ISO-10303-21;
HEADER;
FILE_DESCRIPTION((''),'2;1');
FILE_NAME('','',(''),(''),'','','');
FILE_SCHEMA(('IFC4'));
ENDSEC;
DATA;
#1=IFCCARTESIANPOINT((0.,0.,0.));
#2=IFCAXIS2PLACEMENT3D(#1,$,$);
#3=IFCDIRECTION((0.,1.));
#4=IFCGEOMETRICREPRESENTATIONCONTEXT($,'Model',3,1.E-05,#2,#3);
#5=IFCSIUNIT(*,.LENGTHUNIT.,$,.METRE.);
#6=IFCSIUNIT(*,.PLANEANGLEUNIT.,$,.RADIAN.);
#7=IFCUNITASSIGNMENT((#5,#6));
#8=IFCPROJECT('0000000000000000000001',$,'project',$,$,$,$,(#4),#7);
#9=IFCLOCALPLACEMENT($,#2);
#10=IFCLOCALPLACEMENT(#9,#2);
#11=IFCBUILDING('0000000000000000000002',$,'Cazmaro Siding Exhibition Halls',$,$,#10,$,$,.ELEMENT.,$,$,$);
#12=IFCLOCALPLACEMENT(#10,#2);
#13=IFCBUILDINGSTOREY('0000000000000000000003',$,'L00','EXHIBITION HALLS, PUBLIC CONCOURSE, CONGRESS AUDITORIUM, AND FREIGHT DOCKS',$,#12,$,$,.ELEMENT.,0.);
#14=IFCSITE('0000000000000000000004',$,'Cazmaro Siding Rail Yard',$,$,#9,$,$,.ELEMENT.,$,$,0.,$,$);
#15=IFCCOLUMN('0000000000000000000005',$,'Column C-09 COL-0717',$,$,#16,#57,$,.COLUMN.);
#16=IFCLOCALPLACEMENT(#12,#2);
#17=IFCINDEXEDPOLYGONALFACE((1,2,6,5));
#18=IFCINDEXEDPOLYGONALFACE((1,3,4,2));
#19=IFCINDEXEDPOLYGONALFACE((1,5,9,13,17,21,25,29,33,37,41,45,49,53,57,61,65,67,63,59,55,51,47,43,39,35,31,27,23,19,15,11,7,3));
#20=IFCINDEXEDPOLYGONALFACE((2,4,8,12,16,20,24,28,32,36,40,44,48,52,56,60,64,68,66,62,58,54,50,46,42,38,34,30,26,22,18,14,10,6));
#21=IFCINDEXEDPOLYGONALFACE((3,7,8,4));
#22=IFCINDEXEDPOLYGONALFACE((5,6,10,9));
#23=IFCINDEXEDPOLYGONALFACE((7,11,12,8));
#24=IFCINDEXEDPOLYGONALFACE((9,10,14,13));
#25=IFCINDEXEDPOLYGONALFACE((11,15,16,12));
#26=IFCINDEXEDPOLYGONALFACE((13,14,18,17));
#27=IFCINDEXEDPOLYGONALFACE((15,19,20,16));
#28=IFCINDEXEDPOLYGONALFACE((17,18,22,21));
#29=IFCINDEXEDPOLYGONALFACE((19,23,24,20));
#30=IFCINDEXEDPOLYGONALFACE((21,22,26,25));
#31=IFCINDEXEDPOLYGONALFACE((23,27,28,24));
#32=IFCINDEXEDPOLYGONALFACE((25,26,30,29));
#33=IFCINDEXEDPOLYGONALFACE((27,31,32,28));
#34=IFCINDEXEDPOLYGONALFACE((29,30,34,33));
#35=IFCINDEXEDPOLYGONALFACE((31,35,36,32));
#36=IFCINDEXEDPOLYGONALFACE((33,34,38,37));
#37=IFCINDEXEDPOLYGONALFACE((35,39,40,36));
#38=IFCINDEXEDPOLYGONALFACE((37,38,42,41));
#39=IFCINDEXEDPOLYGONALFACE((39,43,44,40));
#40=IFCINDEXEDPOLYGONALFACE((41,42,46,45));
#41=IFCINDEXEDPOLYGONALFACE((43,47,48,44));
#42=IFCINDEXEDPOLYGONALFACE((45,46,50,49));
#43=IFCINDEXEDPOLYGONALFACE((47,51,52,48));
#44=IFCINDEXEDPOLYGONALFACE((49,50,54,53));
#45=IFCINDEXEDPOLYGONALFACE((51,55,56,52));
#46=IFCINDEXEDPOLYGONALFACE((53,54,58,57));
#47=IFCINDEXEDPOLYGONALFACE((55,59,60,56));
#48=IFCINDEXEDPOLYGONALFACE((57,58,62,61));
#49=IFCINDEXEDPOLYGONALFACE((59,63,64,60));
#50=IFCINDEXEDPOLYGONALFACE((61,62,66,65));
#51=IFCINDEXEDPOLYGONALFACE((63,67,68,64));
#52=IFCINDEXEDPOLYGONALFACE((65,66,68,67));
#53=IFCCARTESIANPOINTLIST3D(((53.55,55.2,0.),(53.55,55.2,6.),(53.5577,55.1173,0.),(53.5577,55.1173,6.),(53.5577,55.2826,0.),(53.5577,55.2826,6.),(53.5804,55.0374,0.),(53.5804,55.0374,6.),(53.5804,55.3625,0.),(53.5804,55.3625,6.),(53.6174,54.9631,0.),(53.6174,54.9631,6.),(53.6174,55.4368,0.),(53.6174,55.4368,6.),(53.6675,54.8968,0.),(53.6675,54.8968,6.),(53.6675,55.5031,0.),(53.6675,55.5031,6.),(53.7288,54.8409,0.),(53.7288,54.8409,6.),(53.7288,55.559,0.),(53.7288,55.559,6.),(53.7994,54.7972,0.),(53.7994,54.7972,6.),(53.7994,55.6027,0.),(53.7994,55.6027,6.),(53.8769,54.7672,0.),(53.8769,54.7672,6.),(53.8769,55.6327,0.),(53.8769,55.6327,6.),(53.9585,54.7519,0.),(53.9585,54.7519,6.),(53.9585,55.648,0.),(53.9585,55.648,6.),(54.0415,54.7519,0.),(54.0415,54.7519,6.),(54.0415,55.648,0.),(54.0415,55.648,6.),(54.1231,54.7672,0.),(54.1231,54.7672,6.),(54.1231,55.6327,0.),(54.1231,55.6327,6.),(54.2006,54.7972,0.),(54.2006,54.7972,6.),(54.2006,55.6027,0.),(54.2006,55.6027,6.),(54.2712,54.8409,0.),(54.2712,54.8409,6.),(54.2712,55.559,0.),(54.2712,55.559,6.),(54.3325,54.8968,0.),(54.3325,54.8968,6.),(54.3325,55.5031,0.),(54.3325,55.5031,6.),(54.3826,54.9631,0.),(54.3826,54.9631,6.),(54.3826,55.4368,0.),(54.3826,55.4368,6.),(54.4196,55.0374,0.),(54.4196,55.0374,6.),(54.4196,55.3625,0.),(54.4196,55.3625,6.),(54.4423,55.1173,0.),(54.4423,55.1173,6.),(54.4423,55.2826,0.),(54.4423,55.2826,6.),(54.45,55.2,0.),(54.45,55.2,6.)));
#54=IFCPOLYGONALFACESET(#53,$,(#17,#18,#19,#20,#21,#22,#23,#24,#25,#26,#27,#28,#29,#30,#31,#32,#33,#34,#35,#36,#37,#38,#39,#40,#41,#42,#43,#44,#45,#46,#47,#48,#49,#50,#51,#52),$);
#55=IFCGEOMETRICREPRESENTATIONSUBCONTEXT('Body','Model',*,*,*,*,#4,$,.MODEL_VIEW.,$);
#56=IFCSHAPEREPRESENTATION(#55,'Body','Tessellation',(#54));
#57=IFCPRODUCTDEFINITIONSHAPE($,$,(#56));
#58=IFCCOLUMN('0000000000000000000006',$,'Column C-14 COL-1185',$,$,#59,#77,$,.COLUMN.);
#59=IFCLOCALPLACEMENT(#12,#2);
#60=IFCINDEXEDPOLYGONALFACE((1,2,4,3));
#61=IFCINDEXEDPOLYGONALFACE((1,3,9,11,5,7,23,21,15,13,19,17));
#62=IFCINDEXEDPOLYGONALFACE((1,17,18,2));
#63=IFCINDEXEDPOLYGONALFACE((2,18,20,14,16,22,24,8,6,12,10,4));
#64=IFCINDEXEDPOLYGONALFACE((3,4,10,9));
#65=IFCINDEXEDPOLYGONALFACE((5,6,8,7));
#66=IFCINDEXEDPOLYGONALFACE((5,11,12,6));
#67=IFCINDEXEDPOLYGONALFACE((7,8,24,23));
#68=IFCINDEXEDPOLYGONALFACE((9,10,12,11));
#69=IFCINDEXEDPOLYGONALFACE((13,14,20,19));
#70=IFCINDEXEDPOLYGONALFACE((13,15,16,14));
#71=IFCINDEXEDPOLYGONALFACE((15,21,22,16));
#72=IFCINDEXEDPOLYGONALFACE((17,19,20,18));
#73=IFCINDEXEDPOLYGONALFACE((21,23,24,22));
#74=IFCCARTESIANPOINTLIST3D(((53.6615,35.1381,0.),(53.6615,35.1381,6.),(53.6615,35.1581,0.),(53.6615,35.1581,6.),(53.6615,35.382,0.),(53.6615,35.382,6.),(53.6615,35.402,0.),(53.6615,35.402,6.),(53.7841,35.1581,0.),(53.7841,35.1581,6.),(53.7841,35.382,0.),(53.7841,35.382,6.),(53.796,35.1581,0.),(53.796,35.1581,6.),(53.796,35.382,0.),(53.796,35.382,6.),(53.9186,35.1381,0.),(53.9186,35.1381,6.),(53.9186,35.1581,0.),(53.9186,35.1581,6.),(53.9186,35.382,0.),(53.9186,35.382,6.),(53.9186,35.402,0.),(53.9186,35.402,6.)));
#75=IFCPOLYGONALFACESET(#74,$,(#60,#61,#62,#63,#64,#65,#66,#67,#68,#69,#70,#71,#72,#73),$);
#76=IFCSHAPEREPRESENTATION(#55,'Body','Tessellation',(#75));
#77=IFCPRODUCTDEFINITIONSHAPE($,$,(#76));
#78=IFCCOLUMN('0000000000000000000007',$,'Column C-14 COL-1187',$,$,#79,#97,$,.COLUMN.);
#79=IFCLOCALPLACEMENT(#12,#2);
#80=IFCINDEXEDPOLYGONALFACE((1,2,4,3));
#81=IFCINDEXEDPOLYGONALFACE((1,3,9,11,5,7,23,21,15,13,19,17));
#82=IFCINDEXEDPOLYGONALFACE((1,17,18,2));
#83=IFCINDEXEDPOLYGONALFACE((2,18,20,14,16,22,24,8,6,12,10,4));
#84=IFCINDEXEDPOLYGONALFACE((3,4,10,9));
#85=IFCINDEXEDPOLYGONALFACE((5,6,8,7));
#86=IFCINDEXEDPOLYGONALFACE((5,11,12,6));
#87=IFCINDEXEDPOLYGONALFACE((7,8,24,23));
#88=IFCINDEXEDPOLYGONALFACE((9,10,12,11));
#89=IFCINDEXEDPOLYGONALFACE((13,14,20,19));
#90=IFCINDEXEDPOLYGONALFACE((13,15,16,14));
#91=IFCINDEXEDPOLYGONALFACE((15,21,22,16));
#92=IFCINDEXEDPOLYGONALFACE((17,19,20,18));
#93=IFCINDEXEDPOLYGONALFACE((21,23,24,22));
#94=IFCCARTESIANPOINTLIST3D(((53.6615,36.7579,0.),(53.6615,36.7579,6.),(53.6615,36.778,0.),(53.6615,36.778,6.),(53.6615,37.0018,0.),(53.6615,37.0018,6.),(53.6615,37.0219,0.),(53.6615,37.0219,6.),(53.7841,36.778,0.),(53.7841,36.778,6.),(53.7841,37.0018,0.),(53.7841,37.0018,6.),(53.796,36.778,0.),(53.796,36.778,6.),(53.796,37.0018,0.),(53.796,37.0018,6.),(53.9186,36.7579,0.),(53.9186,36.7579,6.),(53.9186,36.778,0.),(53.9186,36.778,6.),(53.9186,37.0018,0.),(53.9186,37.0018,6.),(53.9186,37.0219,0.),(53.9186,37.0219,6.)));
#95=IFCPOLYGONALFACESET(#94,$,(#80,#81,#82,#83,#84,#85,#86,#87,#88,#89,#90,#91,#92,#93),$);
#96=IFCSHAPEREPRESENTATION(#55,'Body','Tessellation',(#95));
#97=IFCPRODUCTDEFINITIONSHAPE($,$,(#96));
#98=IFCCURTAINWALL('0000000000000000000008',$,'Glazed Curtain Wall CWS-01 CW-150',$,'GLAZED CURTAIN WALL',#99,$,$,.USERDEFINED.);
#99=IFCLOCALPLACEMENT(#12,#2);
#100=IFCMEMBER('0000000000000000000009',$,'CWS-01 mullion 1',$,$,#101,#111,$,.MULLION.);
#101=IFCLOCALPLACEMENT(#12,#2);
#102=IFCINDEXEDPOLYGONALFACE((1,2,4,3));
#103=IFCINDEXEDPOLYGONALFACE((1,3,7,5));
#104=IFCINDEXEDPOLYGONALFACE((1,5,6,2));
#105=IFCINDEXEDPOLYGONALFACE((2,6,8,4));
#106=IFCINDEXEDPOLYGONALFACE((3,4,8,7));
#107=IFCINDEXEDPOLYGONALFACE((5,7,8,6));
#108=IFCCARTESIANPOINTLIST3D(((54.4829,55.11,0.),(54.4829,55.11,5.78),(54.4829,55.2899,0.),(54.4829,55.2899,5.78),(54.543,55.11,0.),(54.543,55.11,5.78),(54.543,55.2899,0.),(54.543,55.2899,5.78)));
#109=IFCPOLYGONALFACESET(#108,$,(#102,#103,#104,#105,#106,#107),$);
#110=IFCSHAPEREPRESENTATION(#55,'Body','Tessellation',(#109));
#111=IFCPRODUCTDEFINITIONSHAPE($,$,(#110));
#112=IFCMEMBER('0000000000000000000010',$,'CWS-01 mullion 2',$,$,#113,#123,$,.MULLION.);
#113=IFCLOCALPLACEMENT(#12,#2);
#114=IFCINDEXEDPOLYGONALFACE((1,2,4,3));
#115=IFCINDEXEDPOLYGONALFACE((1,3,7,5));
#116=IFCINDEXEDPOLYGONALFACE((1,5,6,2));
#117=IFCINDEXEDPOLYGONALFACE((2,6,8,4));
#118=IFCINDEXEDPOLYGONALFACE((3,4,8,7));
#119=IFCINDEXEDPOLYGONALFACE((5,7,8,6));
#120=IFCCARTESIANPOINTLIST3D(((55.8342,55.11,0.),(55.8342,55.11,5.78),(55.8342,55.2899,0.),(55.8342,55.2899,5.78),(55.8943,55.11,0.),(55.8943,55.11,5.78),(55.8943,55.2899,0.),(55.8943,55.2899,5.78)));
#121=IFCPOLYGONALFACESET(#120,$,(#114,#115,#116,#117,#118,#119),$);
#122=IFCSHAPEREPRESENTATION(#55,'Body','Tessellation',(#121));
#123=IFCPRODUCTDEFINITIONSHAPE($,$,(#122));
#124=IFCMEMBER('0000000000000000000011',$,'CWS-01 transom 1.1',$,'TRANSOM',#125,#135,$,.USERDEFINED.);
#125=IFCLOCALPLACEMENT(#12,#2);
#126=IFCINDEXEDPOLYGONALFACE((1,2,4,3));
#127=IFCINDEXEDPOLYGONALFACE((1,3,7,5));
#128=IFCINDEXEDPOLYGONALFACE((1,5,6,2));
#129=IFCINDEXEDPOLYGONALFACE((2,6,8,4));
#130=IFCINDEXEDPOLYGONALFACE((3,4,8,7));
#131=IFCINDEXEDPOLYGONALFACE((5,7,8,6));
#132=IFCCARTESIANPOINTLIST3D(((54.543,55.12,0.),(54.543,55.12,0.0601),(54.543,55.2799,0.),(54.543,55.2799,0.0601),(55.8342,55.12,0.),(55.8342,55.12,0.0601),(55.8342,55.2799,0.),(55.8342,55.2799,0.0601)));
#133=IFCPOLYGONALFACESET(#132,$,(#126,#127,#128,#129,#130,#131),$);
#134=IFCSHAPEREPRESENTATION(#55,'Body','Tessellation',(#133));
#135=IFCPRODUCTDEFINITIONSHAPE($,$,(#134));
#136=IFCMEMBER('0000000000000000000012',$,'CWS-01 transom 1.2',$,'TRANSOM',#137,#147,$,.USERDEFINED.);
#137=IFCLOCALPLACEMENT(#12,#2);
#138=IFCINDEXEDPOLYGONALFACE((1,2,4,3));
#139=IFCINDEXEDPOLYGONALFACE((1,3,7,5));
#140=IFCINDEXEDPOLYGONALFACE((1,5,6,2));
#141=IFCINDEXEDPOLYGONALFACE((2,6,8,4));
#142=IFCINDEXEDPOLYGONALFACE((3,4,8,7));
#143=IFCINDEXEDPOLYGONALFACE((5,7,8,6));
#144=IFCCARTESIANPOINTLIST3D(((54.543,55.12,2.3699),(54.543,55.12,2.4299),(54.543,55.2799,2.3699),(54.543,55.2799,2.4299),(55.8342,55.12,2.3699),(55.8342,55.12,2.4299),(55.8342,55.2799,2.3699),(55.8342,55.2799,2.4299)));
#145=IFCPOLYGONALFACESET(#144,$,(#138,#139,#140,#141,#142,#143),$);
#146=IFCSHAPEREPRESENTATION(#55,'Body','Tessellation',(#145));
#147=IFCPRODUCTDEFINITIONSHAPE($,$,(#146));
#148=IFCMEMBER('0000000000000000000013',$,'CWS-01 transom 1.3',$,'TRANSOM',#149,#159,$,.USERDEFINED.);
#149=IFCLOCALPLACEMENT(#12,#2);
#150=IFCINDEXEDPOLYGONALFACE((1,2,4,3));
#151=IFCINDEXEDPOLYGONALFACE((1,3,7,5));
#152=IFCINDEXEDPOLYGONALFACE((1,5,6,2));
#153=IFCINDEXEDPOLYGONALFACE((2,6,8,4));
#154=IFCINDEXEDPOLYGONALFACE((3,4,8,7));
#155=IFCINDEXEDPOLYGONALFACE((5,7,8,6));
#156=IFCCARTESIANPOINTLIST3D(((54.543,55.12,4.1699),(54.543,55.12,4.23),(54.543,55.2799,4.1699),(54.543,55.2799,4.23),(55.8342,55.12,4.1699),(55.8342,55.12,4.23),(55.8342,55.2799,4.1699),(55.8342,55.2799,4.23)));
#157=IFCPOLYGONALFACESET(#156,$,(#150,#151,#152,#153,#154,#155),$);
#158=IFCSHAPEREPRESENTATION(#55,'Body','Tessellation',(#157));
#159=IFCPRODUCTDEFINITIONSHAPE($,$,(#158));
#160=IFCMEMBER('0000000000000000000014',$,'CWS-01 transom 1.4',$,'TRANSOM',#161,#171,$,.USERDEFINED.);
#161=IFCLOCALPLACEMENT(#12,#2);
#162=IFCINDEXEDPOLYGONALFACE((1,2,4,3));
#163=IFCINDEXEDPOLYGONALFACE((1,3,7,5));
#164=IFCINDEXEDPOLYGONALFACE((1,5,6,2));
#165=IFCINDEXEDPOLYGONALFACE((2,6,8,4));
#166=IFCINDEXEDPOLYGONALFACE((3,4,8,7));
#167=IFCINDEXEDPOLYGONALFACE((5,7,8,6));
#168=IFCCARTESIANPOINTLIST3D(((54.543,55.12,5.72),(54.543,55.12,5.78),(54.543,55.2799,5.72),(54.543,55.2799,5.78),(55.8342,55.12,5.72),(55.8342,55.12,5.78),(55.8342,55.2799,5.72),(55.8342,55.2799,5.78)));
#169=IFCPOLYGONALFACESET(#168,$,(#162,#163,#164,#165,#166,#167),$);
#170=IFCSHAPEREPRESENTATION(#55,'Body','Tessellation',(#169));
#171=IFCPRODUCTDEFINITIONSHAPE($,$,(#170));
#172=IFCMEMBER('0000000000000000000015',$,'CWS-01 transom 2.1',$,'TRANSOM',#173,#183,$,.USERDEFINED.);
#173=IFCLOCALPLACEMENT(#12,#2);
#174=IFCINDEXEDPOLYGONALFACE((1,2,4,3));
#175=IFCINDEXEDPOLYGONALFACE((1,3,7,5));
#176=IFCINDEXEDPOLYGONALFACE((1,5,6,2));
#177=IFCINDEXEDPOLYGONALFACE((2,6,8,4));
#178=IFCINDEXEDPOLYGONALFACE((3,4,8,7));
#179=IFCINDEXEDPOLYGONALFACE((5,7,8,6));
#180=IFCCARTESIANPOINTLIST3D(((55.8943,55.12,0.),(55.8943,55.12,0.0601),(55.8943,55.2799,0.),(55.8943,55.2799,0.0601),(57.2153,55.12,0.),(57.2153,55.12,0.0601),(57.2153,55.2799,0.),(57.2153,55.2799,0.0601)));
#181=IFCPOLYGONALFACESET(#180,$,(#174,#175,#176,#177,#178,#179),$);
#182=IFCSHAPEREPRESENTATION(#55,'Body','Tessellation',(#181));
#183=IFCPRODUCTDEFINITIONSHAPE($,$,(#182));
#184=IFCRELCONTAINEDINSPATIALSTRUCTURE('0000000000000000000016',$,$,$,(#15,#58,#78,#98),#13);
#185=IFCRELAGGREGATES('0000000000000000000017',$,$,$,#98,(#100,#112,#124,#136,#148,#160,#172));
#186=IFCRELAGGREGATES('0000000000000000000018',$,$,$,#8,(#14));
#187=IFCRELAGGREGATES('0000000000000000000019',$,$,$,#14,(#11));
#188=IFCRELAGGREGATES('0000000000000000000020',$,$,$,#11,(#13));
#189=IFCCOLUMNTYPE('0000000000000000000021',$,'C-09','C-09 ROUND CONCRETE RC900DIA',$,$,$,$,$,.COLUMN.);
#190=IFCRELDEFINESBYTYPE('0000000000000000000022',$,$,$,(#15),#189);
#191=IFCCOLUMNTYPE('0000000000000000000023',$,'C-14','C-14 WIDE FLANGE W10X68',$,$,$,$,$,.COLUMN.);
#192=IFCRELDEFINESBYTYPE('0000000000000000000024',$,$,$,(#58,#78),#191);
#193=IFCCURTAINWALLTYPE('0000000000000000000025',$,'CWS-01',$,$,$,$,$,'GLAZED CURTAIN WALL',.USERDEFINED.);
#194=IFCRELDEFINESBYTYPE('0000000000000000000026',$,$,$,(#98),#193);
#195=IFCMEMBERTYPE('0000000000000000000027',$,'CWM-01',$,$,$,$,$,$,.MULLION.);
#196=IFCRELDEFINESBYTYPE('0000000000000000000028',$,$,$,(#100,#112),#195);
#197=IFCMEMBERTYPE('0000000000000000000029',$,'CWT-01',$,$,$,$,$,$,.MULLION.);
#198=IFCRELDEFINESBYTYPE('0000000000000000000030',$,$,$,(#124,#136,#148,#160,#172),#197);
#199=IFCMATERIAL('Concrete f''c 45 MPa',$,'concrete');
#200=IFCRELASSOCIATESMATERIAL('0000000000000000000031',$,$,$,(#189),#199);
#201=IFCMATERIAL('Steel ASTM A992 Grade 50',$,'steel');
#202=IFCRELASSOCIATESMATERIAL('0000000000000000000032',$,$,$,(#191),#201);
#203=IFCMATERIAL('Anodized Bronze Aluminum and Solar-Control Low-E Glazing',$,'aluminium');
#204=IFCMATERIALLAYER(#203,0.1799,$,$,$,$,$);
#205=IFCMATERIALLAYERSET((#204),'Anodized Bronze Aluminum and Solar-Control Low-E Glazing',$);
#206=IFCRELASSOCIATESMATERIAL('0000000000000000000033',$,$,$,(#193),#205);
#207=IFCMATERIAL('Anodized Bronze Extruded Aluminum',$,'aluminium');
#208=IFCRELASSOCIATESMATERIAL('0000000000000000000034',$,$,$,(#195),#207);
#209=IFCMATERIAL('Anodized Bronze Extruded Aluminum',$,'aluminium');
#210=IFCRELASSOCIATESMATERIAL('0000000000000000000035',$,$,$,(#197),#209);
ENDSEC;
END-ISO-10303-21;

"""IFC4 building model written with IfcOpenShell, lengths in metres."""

from ifc_helpers import new_model, si_unit, direction, frame, origin, origin_2d, place, context, subcontext, project, spatial, rectangle, circle, i_section, extrude, material, layer, layer_set, material_profile, profile_set, type_object, element, aggregate, save


model = new_model("IFC4")

# Units and contexts
model_context = context("Model", 3, precision=1e-05, world=origin(), true_north=direction((0.0, 1.0)))
body_context = subcontext(model_context, "Body", "Model", "MODEL_VIEW")
ifc_project = project(units=[si_unit("LENGTHUNIT", "METRE"), si_unit("PLANEANGLEUNIT", "RADIAN")], contexts=[model_context])

# Site, building, storey
site_placement = place(None, origin())
site = spatial("IfcSite", under=ifc_project, at=site_placement, Name="Cazmaro Siding Rail Yard", CompositionType="ELEMENT", RefElevation=0.0)
building_placement = place(site_placement, origin())
building = spatial("IfcBuilding", under=site, at=building_placement, Name="Cazmaro Siding Exhibition Halls", CompositionType="ELEMENT")
storey_placement = place(building_placement, origin())
storey = spatial("IfcBuildingStorey", under=building, at=storey_placement, Name="L00", Description="EXHIBITION HALLS, PUBLIC CONCOURSE, CONGRESS AUDITORIUM, AND FREIGHT DOCKS", CompositionType="ELEMENT", Elevation=0.0)

# Columns
ifc_material_1 = material(Name="Concrete f'c 45 MPa", Category="concrete")
ifc_material_profile_1 = material_profile(ifc_material_1, circle(Radius=0.45, at=origin_2d()), Name="RC900DIA")
ifc_profile_set_1 = profile_set([ifc_material_profile_1], Name="Concrete f'c 45 MPa")
column_type_1 = type_object("IfcColumnType", Name="C-09", Description="C-09 ROUND CONCRETE RC900DIA", PredefinedType="COLUMN", material=ifc_profile_set_1)
column_1_placement = place(storey_placement, frame((54.0, 55.2, 0.0), z_axis=(0.0, 0.0, 1.0), x_axis=(1.0, 0.0, 0.0)))
element("IfcColumn", 1, at=column_1_placement, inside=storey, type_object=column_type_1, Name="Column C-09 COL-0717", PredefinedType="COLUMN", context=body_context, shape_type="SweptSolid", body=[
    extrude(circle(Radius=0.45, at=origin_2d()), origin(), (0.0, 0.0, 1.0), 6.0),
])
ifc_material_2 = material(Name="Steel ASTM A992 Grade 50", Category="steel")
ifc_material_profile_2 = material_profile(ifc_material_2, i_section(OverallWidth=0.2571, OverallDepth=0.2639, WebThickness=0.012, FlangeThickness=0.02, at=origin_2d()), Name="W10X68")
ifc_profile_set_2 = profile_set([ifc_material_profile_2], Name="Steel ASTM A992 Grade 50")
column_type_2 = type_object("IfcColumnType", Name="C-14", Description="C-14 WIDE FLANGE W10X68", PredefinedType="COLUMN", material=ifc_profile_set_2)
for number, where, z_axis, x_axis, name in (
    (2, (53.79, 35.27, 0.0), (0.0, 0.0, 1.0), (1.0, 0.0, 0.0), "Column C-14 COL-1185"),
    (3, (53.79, 36.8899, 0.0), (0.0, 0.0, 1.0), (1.0, 0.0, 0.0), "Column C-14 COL-1187"),
):
    element("IfcColumn", number, at=place(storey_placement, frame(where, z_axis=z_axis, x_axis=x_axis)), inside=storey, type_object=column_type_2, Name=name, PredefinedType="COLUMN", context=body_context, shape_type="SweptSolid", body=[
        extrude(i_section(OverallWidth=0.2571, OverallDepth=0.2639, WebThickness=0.012, FlangeThickness=0.02, at=origin_2d()), origin(), (0.0, 0.0, 1.0), 6.0),
    ])

# Curtain wall, members
ifc_material_3 = material(Name="Anodized Bronze Aluminum and Solar-Control Low-E Glazing", Category="aluminium")
ifc_layer_1 = layer(ifc_material_3, 0.1799)
ifc_layer_set_1 = layer_set([ifc_layer_1], Name="Anodized Bronze Aluminum and Solar-Control Low-E Glazing")
curtain_wall_type = type_object("IfcCurtainWallType", Name="CWS-01", ElementType="GLAZED CURTAIN WALL", PredefinedType="USERDEFINED", material=ifc_layer_set_1)
curtain_wall_placement = place(storey_placement, origin())
curtain_wall = element("IfcCurtainWall", 4, at=curtain_wall_placement, inside=storey, type_object=curtain_wall_type, Name="Glazed Curtain Wall CWS-01 CW-150", ObjectType="GLAZED CURTAIN WALL", PredefinedType="USERDEFINED")
ifc_material_4 = material(Name="Anodized Bronze Extruded Aluminum", Category="aluminium")
ifc_material_profile_3 = material_profile(ifc_material_4, rectangle(XDim=0.1799, YDim=0.0601, at=origin_2d()), Name="CWM-01")
ifc_profile_set_3 = profile_set([ifc_material_profile_3], Name="Anodized Bronze Extruded Aluminum")
member_type_1 = type_object("IfcMemberType", Name="CWM-01", PredefinedType="MULLION", material=ifc_profile_set_3)
member_1_placement = place(storey_placement, frame((54.5129, 55.2, 0.0), z_axis=(0.0, 0.0, 1.0), x_axis=(0.0, 1.0, 0.0)))
member_1 = element("IfcMember", 5, at=member_1_placement, type_object=member_type_1, Name="CWS-01 mullion 1", PredefinedType="MULLION", context=body_context, shape_type="SweptSolid", body=[
    extrude(rectangle(XDim=0.1799, YDim=0.0601, at=origin_2d()), origin(), (0.0, 0.0, 1.0), 5.78),
])
member_2_placement = place(storey_placement, frame((55.8643, 55.2, 0.0), z_axis=(0.0, 0.0, 1.0), x_axis=(0.0, 1.0, 0.0)))
member_2 = element("IfcMember", 6, at=member_2_placement, type_object=member_type_1, Name="CWS-01 mullion 2", PredefinedType="MULLION", context=body_context, shape_type="SweptSolid", body=[
    extrude(rectangle(XDim=0.1799, YDim=0.0601, at=origin_2d()), origin(), (0.0, 0.0, 1.0), 5.78),
])
ifc_material_5 = material(Name="Anodized Bronze Extruded Aluminum", Category="aluminium")
ifc_material_profile_4 = material_profile(ifc_material_5, rectangle(XDim=0.1599, YDim=0.0601, at=origin_2d()), Name="CWT-01")
ifc_profile_set_4 = profile_set([ifc_material_profile_4], Name="Anodized Bronze Extruded Aluminum")
member_type_2 = type_object("IfcMemberType", Name="CWT-01", PredefinedType="MULLION", material=ifc_profile_set_4)
member_3_placement = place(storey_placement, frame((54.543, 55.2, 0.03), z_axis=(1.0, 0.0, 0.0), x_axis=(0.0, 1.0, 0.0)))
member_3 = element("IfcMember", 7, at=member_3_placement, type_object=member_type_2, Name="CWS-01 transom 1.1", ObjectType="TRANSOM", PredefinedType="USERDEFINED", context=body_context, shape_type="SweptSolid", body=[
    extrude(rectangle(XDim=0.1599, YDim=0.0601, at=origin_2d()), origin(), (0.0, 0.0, 1.0), 1.2913),
])
member_4_placement = place(storey_placement, frame((54.543, 55.2, 2.3999), z_axis=(1.0, 0.0, 0.0), x_axis=(0.0, 1.0, 0.0)))
member_4 = element("IfcMember", 8, at=member_4_placement, type_object=member_type_2, Name="CWS-01 transom 1.2", ObjectType="TRANSOM", PredefinedType="USERDEFINED", context=body_context, shape_type="SweptSolid", body=[
    extrude(rectangle(XDim=0.1599, YDim=0.0601, at=origin_2d()), origin(), (0.0, 0.0, 1.0), 1.2913),
])
member_5_placement = place(storey_placement, frame((54.543, 55.2, 4.2), z_axis=(1.0, 0.0, 0.0), x_axis=(0.0, 1.0, 0.0)))
member_5 = element("IfcMember", 9, at=member_5_placement, type_object=member_type_2, Name="CWS-01 transom 1.3", ObjectType="TRANSOM", PredefinedType="USERDEFINED", context=body_context, shape_type="SweptSolid", body=[
    extrude(rectangle(XDim=0.1599, YDim=0.0601, at=origin_2d()), origin(), (0.0, 0.0, 1.0), 1.2913),
])
member_6_placement = place(storey_placement, frame((54.543, 55.2, 5.75), z_axis=(1.0, 0.0, 0.0), x_axis=(0.0, 1.0, 0.0)))
member_6 = element("IfcMember", 10, at=member_6_placement, type_object=member_type_2, Name="CWS-01 transom 1.4", ObjectType="TRANSOM", PredefinedType="USERDEFINED", context=body_context, shape_type="SweptSolid", body=[
    extrude(rectangle(XDim=0.1599, YDim=0.0601, at=origin_2d()), origin(), (0.0, 0.0, 1.0), 1.2913),
])
member_7_placement = place(storey_placement, frame((55.8943, 55.2, 0.03), z_axis=(1.0, 0.0, 0.0), x_axis=(0.0, 1.0, 0.0)))
member_7 = element("IfcMember", 11, at=member_7_placement, type_object=member_type_2, Name="CWS-01 transom 2.1", ObjectType="TRANSOM", PredefinedType="USERDEFINED", context=body_context, shape_type="SweptSolid", body=[
    extrude(rectangle(XDim=0.1599, YDim=0.0601, at=origin_2d()), origin(), (0.0, 0.0, 1.0), 1.321),
])
aggregate(curtain_wall, [member_1, member_2, member_3, member_4, member_5, member_6, member_7])

save(model, "model.ifc")
